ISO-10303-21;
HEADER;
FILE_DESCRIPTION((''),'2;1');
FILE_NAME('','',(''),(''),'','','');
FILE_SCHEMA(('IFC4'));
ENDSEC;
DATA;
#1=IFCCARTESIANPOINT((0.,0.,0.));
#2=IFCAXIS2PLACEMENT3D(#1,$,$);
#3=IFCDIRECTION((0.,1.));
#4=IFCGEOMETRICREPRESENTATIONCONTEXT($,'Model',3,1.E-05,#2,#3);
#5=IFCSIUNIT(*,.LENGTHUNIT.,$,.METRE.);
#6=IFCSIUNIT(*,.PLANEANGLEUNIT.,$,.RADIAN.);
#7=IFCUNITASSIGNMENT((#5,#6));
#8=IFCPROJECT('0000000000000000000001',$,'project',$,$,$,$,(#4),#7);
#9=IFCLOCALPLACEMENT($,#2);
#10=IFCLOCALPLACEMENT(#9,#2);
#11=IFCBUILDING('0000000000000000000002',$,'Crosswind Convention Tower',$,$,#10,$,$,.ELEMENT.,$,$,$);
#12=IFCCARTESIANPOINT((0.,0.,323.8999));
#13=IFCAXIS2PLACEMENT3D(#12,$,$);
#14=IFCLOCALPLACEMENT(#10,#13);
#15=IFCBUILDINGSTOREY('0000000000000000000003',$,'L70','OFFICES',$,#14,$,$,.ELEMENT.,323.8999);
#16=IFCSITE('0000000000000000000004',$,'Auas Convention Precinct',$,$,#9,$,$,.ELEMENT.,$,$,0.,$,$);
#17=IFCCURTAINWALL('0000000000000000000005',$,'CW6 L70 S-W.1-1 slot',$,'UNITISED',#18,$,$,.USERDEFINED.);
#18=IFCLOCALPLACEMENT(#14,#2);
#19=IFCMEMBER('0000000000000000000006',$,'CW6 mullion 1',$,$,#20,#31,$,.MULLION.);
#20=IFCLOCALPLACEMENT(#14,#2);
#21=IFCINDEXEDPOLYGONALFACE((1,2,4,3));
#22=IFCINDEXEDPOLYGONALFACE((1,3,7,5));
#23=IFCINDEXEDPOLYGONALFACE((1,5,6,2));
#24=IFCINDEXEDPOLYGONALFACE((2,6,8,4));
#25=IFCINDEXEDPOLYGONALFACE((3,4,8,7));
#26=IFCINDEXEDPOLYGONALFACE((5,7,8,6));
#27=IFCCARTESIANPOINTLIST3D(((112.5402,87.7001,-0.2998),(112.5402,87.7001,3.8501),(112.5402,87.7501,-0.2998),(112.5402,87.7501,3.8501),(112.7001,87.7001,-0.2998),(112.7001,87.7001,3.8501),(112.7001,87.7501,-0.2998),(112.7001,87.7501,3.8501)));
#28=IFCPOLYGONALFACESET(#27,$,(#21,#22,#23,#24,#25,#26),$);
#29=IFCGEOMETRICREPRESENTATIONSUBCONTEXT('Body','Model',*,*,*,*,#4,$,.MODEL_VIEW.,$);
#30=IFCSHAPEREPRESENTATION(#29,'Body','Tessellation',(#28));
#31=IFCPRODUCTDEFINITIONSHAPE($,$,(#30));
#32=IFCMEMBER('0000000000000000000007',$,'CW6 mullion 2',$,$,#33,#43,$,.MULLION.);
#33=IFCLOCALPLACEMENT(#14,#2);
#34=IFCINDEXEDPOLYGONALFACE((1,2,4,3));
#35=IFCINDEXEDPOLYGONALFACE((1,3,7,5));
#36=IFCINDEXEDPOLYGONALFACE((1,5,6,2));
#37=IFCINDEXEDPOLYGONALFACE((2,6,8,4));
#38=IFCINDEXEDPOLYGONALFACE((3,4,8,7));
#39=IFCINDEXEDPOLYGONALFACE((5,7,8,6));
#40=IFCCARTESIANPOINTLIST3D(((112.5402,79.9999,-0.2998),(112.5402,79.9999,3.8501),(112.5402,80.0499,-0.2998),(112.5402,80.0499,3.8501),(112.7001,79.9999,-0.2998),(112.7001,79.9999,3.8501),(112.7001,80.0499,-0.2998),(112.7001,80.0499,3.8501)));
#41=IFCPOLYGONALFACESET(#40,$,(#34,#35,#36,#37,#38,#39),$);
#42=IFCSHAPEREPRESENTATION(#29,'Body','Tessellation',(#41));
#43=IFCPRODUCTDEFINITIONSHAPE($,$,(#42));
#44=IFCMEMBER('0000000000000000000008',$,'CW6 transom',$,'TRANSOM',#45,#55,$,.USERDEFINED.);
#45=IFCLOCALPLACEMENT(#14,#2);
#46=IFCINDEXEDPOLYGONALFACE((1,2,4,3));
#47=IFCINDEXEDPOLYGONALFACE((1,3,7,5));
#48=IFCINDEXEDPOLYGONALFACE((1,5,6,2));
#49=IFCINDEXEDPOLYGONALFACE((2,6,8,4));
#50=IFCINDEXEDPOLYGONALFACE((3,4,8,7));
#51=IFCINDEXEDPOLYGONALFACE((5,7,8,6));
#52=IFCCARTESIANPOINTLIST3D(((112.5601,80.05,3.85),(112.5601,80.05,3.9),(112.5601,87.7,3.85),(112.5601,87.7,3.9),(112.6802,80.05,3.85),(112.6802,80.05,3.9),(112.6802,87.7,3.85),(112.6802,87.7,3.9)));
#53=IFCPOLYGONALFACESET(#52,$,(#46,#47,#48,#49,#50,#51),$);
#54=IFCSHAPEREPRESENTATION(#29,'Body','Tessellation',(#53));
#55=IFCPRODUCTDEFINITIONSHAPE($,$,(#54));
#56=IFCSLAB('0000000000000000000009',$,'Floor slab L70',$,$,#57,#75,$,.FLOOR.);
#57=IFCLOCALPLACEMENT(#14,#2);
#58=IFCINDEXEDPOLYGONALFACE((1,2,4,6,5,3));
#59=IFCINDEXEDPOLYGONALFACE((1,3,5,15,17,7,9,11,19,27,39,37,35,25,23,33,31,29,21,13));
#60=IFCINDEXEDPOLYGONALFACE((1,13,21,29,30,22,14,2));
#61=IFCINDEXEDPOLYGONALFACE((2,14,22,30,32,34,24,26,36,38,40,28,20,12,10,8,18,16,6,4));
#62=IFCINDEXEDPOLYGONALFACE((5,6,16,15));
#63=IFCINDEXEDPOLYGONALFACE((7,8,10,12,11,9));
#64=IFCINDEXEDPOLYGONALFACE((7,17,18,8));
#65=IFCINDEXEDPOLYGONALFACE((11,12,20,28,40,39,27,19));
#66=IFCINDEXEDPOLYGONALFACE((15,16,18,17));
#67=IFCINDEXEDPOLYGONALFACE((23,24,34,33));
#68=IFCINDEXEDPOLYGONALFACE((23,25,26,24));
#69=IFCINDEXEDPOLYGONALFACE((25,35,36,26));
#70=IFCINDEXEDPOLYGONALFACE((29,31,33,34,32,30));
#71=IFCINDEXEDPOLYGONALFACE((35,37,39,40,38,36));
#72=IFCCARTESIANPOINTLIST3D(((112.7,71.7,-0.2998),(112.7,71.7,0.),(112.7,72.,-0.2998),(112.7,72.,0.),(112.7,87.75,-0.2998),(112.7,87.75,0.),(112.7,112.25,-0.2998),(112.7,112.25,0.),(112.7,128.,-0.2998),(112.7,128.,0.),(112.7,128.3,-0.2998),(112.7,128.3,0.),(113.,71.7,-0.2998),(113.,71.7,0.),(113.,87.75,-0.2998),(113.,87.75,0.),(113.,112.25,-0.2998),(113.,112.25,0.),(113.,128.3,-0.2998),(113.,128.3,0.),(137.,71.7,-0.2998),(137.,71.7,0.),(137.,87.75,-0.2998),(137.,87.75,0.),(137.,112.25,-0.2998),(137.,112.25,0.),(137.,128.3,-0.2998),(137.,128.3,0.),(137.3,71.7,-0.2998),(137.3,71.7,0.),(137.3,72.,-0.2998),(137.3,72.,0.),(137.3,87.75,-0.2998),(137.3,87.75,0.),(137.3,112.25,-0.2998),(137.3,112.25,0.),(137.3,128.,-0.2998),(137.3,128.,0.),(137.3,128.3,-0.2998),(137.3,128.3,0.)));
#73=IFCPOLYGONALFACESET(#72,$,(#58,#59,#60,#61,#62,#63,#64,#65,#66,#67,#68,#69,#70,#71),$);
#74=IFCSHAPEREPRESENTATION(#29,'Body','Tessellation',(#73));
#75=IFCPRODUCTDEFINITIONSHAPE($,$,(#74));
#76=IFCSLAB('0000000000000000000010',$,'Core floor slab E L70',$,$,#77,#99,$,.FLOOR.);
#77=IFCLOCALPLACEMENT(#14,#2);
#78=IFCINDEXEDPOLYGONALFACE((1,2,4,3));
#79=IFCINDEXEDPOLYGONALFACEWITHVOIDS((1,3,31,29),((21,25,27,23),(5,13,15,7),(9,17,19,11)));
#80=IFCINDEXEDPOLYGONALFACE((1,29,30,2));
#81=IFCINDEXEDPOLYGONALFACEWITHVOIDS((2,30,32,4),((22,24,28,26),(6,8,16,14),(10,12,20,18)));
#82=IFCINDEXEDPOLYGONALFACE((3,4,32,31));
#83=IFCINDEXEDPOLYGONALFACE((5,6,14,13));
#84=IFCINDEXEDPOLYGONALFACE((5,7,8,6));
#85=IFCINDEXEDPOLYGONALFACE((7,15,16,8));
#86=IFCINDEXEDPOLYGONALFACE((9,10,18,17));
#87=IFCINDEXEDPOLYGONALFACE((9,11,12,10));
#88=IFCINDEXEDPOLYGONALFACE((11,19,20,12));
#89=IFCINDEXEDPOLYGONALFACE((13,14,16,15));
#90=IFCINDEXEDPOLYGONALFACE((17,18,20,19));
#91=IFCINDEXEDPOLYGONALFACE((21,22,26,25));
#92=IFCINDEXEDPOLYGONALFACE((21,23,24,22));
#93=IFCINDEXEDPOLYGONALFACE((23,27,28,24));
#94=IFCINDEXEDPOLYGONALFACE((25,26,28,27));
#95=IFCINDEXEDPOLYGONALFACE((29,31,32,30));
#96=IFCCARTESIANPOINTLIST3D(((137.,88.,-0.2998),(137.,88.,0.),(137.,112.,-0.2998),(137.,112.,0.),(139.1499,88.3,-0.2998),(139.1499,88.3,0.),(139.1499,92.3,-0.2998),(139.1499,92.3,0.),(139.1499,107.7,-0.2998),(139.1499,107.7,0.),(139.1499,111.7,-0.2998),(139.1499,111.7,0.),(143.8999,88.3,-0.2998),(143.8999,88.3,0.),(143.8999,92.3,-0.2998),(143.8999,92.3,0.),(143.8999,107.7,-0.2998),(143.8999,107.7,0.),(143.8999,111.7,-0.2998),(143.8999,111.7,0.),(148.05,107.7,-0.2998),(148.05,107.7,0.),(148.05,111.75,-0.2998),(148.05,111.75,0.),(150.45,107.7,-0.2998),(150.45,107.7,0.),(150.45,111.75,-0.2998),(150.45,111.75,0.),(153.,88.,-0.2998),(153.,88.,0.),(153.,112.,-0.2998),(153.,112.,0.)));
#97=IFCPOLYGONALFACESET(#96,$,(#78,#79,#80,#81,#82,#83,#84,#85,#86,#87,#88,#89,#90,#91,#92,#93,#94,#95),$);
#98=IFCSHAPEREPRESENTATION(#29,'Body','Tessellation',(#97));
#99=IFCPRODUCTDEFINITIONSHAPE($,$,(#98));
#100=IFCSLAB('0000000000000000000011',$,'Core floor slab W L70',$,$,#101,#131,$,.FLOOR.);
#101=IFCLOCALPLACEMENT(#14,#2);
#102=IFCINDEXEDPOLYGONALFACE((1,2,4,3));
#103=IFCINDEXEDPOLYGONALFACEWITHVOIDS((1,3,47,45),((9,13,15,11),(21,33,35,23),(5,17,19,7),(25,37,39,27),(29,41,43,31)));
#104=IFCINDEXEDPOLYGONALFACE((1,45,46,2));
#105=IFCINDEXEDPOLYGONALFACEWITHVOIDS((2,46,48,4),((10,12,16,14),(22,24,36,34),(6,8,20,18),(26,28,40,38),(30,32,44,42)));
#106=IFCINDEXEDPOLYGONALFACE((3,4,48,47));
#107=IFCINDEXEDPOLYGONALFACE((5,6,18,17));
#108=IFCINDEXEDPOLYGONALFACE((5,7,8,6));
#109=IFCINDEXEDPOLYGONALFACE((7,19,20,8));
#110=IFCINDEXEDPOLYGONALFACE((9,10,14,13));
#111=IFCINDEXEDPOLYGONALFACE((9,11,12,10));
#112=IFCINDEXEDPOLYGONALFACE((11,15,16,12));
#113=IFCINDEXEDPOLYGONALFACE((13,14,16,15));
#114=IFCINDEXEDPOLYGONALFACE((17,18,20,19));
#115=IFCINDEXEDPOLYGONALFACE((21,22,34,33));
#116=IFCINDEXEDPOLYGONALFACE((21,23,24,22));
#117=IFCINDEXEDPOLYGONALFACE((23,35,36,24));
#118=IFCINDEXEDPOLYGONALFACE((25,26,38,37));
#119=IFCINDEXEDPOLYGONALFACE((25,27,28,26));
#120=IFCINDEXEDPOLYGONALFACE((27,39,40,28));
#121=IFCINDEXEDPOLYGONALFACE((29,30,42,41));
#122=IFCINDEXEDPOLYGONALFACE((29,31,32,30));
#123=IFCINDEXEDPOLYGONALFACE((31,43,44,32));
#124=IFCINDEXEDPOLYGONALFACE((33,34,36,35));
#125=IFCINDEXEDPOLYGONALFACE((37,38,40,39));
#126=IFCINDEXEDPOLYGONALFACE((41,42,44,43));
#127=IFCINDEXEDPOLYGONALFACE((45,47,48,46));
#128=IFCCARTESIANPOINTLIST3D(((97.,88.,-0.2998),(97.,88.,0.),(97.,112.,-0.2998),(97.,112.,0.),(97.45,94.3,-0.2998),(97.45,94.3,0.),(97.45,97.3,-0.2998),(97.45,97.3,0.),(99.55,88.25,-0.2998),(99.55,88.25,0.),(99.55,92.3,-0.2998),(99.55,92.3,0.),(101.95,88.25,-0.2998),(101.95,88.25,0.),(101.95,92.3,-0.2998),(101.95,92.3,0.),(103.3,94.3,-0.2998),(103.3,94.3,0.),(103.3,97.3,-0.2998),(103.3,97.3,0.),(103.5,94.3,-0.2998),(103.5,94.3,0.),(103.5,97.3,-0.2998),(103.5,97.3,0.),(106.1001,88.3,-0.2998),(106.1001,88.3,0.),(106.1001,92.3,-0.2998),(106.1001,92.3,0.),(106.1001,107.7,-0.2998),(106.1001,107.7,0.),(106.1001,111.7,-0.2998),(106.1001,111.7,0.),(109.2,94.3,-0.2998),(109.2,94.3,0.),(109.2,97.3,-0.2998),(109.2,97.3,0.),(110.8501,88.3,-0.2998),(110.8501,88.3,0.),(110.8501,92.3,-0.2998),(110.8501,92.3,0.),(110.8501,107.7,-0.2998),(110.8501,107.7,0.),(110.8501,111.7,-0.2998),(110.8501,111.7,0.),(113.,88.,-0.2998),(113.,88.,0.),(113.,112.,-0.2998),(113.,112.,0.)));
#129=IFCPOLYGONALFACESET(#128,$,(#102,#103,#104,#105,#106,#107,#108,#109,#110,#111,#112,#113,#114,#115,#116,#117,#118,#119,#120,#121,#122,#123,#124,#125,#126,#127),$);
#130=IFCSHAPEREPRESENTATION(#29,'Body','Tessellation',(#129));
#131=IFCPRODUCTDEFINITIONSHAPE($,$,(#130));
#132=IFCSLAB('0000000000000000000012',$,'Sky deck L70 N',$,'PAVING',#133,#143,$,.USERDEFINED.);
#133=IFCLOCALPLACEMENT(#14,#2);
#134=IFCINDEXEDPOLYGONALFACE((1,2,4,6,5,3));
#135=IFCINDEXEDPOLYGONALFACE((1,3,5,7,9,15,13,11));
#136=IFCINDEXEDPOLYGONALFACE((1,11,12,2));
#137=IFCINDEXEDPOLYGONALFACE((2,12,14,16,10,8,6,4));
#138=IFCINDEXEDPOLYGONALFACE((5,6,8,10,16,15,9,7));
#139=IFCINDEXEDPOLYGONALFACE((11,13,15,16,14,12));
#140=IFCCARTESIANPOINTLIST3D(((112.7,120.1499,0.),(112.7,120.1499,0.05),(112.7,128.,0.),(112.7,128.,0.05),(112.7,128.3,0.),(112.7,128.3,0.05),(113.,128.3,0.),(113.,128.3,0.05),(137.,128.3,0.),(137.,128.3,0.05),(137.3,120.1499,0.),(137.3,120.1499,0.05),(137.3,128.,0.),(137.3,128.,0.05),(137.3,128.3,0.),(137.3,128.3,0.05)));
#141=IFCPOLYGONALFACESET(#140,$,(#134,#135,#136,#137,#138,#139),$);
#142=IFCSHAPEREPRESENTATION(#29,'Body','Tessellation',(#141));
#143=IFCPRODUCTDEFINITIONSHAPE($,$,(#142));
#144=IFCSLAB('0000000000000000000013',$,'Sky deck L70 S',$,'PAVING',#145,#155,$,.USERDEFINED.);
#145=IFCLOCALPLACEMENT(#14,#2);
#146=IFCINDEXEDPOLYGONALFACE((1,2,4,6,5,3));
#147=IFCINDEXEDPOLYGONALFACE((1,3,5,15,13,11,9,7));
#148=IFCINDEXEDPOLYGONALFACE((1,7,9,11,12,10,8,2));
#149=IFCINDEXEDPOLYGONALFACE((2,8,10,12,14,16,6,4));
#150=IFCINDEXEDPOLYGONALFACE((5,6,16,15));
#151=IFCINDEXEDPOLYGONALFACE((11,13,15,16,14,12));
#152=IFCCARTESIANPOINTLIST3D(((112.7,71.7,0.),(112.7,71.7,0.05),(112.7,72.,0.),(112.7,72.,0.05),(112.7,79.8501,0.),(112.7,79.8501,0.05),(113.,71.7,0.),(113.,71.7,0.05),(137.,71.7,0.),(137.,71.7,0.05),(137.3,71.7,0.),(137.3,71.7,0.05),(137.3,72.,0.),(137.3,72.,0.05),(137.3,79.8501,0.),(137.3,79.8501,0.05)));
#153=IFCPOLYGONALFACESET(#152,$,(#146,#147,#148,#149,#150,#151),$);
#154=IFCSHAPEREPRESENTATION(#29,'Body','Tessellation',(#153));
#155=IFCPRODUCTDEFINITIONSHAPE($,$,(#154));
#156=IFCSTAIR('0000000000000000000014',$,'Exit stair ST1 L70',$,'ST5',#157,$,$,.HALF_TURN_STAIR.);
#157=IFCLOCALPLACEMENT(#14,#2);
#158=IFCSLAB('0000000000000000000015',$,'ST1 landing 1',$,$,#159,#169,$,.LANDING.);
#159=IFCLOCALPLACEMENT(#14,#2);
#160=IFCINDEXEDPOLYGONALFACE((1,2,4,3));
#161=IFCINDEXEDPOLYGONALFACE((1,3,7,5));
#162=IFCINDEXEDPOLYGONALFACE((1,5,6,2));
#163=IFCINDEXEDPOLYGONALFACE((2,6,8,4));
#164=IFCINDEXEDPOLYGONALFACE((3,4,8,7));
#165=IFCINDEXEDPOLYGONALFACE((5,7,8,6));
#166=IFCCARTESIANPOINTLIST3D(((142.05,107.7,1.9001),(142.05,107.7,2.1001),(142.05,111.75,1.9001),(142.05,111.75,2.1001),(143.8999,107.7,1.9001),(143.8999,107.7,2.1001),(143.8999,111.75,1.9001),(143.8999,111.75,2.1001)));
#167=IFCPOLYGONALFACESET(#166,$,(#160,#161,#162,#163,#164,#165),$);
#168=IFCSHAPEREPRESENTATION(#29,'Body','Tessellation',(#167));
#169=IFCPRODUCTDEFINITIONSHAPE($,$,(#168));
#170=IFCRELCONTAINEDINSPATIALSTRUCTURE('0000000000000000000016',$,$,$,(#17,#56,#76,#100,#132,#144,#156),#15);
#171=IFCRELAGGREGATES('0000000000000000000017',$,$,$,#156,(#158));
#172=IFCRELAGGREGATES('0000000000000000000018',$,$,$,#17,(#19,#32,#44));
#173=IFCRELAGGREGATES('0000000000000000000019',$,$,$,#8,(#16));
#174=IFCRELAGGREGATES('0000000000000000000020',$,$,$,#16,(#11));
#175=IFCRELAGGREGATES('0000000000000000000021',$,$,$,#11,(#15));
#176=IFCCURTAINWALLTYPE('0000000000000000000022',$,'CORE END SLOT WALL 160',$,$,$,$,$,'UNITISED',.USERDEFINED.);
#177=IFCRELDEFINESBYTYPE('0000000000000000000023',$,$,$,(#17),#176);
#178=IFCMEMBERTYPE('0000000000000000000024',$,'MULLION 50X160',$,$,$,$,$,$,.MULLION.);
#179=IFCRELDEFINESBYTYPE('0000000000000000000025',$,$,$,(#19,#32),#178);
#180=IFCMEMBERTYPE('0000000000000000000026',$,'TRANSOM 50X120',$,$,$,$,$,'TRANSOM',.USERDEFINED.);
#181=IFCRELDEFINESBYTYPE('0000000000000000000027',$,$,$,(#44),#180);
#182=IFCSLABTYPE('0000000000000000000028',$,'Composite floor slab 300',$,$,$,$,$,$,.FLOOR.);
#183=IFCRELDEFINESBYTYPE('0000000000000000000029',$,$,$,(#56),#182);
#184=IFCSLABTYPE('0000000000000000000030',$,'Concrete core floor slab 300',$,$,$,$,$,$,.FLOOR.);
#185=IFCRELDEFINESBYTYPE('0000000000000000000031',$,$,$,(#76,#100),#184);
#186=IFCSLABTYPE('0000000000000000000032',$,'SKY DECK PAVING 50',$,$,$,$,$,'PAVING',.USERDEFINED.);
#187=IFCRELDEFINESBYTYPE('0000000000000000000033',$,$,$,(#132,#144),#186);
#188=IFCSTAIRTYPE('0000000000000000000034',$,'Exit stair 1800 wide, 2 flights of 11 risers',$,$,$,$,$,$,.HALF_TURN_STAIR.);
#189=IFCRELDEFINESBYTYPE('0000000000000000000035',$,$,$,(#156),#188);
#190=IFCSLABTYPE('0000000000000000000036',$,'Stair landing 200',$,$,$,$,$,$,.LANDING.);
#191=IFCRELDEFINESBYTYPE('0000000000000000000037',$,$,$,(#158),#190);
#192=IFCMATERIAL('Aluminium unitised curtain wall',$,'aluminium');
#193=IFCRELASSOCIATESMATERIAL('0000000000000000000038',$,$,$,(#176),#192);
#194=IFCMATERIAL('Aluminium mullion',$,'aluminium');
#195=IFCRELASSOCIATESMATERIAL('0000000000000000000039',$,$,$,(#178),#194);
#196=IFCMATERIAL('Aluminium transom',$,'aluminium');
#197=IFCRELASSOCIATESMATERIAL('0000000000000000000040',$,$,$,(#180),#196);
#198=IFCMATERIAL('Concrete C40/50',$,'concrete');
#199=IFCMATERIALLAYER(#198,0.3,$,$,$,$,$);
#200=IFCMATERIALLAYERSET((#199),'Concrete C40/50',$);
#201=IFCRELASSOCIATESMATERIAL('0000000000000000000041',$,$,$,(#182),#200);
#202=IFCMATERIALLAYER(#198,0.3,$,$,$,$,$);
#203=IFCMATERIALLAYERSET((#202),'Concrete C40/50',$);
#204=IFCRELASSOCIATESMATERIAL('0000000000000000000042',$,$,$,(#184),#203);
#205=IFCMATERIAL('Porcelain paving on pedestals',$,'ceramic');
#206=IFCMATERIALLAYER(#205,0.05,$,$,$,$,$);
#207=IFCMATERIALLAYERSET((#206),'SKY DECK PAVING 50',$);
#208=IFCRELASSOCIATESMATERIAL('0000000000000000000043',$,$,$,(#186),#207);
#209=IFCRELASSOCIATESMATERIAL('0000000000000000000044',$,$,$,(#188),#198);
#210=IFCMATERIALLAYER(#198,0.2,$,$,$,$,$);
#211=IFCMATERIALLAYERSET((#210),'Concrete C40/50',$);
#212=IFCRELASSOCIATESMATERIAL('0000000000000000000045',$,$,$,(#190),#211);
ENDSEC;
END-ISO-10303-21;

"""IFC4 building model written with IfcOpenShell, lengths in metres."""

from ifc_helpers import new_model, si_unit, direction, frame, origin, origin_2d, place, context, subcontext, project, spatial, polyline, rectangle, outline, extrude, material, layer, layer_set, material_profile, profile_set, type_object, element, aggregate, save


model = new_model("IFC4")

# Units and contexts
model_context = context("Model", 3, precision=1e-05, world=origin(), true_north=direction((0.0, 1.0)))
body_context = subcontext(model_context, "Body", "Model", "MODEL_VIEW")
ifc_project = project(units=[si_unit("LENGTHUNIT", "METRE"), si_unit("PLANEANGLEUNIT", "RADIAN")], contexts=[model_context])

# Site, building, storey
site_placement = place(None, origin())
site = spatial("IfcSite", under=ifc_project, at=site_placement, Name="Auas Convention Precinct", CompositionType="ELEMENT", RefElevation=0.0)
building_placement = place(site_placement, origin())
building = spatial("IfcBuilding", under=site, at=building_placement, Name="Crosswind Convention Tower", CompositionType="ELEMENT")
storey_placement = place(building_placement, frame((0.0, 0.0, 323.8999)))
storey = spatial("IfcBuildingStorey", under=building, at=storey_placement, Name="L70", Description="OFFICES", CompositionType="ELEMENT", Elevation=323.8999)

# Curtain wall, members
ifc_material_1 = material(Name="Aluminium unitised curtain wall", Category="aluminium")
curtain_wall_type = type_object("IfcCurtainWallType", Name="CORE END SLOT WALL 160", ElementType="UNITISED", PredefinedType="USERDEFINED", material=ifc_material_1)
curtain_wall_placement = place(storey_placement, origin())
curtain_wall = element("IfcCurtainWall", 1, at=curtain_wall_placement, inside=storey, type_object=curtain_wall_type, Name="CW6 L70 S-W.1-1 slot", ObjectType="UNITISED", PredefinedType="USERDEFINED")
ifc_material_2 = material(Name="Aluminium mullion", Category="aluminium")
ifc_material_profile_1 = material_profile(ifc_material_2, rectangle(XDim=0.1599, YDim=0.05, at=origin_2d()), Name="AL 160X50")
ifc_profile_set_1 = profile_set([ifc_material_profile_1], Name="Aluminium mullion")
member_type_1 = type_object("IfcMemberType", Name="MULLION 50X160", PredefinedType="MULLION", material=ifc_profile_set_1)
member_1_placement = place(storey_placement, frame((112.6201, 87.7251, -0.2998), z_axis=(0.0, 0.0, 1.0), x_axis=(-1.0, 0.0, 0.0)))
member_1 = element("IfcMember", 2, at=member_1_placement, type_object=member_type_1, Name="CW6 mullion 1", PredefinedType="MULLION", context=body_context, shape_type="SweptSolid", body=[
    extrude(rectangle(XDim=0.1599, YDim=0.05, at=origin_2d()), origin(), (0.0, 0.0, 1.0), 4.1499),
])
member_2_placement = place(storey_placement, frame((112.6201, 80.0249, -0.2998), z_axis=(0.0, 0.0, 1.0), x_axis=(-1.0, 0.0, 0.0)))
member_2 = element("IfcMember", 3, at=member_2_placement, type_object=member_type_1, Name="CW6 mullion 2", PredefinedType="MULLION", context=body_context, shape_type="SweptSolid", body=[
    extrude(rectangle(XDim=0.1599, YDim=0.05, at=origin_2d()), origin(), (0.0, 0.0, 1.0), 4.1499),
])
ifc_material_3 = material(Name="Aluminium transom", Category="aluminium")
ifc_material_profile_2 = material_profile(ifc_material_3, rectangle(XDim=0.1201, YDim=0.05, at=origin_2d()), Name="AL 120X50")
ifc_profile_set_2 = profile_set([ifc_material_profile_2], Name="Aluminium transom")
member_type_2 = type_object("IfcMemberType", Name="TRANSOM 50X120", ElementType="TRANSOM", PredefinedType="USERDEFINED", material=ifc_profile_set_2)
member_3_placement = place(storey_placement, frame((112.6201, 87.7, 3.875), z_axis=(0.0, -1.0, 0.0), x_axis=(1.0, 0.0, 0.0)))
member_3 = element("IfcMember", 4, at=member_3_placement, type_object=member_type_2, Name="CW6 transom", ObjectType="TRANSOM", PredefinedType="USERDEFINED", context=body_context, shape_type="SweptSolid", body=[
    extrude(rectangle(XDim=0.1201, YDim=0.05, at=origin_2d()), origin(), (0.0, 0.0, 1.0), 7.6499),
])

# Slabs
ifc_material_4 = material(Name="Concrete C40/50", Category="concrete")
ifc_layer_1 = layer(ifc_material_4, 0.3)
ifc_layer_set_1 = layer_set([ifc_layer_1], Name="Concrete C40/50")
slab_type_1 = type_object("IfcSlabType", Name="Composite floor slab 300", PredefinedType="FLOOR", material=ifc_layer_set_1)
slab_1_placement = place(storey_placement, frame((0.0, 0.0, -0.2998)))
element("IfcSlab", 5, at=slab_1_placement, inside=storey, type_object=slab_type_1, Name="Floor slab L70", PredefinedType="FLOOR", context=body_context, shape_type="SweptSolid", body=[
    extrude(outline(polyline([(137.3, 71.7), (137.0, 71.7), (113.0, 71.7), (112.7, 71.7), (112.7, 72.0), (112.7, 87.75), (113.0, 87.75), (113.0, 112.25), (112.7, 112.25), (112.7, 128.0), (112.7, 128.3), (113.0, 128.3), (137.0, 128.3), (137.3, 128.3), (137.3, 128.0), (137.3, 112.25), (137.0, 112.25), (137.0, 87.75), (137.3, 87.75), (137.3, 72.0), (137.3, 71.7)])), origin(), (0.0, 0.0, 1.0), 0.2998),
])
ifc_layer_2 = layer(ifc_material_4, 0.3)
ifc_layer_set_2 = layer_set([ifc_layer_2], Name="Concrete C40/50")
slab_type_2 = type_object("IfcSlabType", Name="Concrete core floor slab 300", PredefinedType="FLOOR", material=ifc_layer_set_2)
slab_2_placement = place(storey_placement, frame((0.0, 0.0, -0.2998)))
element("IfcSlab", 6, at=slab_2_placement, inside=storey, type_object=slab_type_2, Name="Core floor slab E L70", PredefinedType="FLOOR", context=body_context, shape_type="SweptSolid", body=[
    extrude(outline(polyline([(137.0, 88.0), (153.0, 88.0), (153.0, 112.0), (137.0, 112.0), (137.0, 88.0)]), holes=[polyline([(150.45, 107.7), (150.45, 111.75), (148.05, 111.75), (148.05, 107.7), (150.45, 107.7)]), polyline([(143.8999, 107.7), (143.8999, 111.7), (139.1499, 111.7), (139.1499, 107.7), (143.8999, 107.7)]), polyline([(143.8999, 88.3), (143.8999, 92.3), (139.1499, 92.3), (139.1499, 88.3), (143.8999, 88.3)])]), origin(), (0.0, 0.0, 1.0), 0.2998),
])
slab_3_placement = place(storey_placement, frame((0.0, 0.0, -0.2998)))
element("IfcSlab", 7, at=slab_3_placement, inside=storey, type_object=slab_type_2, Name="Core floor slab W L70", PredefinedType="FLOOR", context=body_context, shape_type="SweptSolid", body=[
    extrude(outline(polyline([(97.0, 88.0), (113.0, 88.0), (113.0, 112.0), (97.0, 112.0), (97.0, 88.0)]), holes=[polyline([(109.2, 94.3), (109.2, 97.3), (103.5, 97.3), (103.5, 94.3), (109.2, 94.3)]), polyline([(103.3, 94.3), (103.3, 97.3), (97.45, 97.3), (97.45, 94.3), (103.3, 94.3)]), polyline([(101.95, 88.25), (101.95, 92.3), (99.55, 92.3), (99.55, 88.25), (101.95, 88.25)]), polyline([(110.8501, 88.3), (110.8501, 92.3), (106.1001, 92.3), (106.1001, 88.3), (110.8501, 88.3)]), polyline([(110.8501, 107.7), (110.8501, 111.7), (106.1001, 111.7), (106.1001, 107.7), (110.8501, 107.7)])]), origin(), (0.0, 0.0, 1.0), 0.2998),
])
ifc_material_5 = material(Name="Porcelain paving on pedestals", Category="ceramic")
ifc_layer_3 = layer(ifc_material_5, 0.05)
ifc_layer_set_3 = layer_set([ifc_layer_3], Name="SKY DECK PAVING 50")
slab_type_3 = type_object("IfcSlabType", Name="SKY DECK PAVING 50", ElementType="PAVING", PredefinedType="USERDEFINED", material=ifc_layer_set_3)
slab_4_placement = place(storey_placement, origin())
element("IfcSlab", 8, at=slab_4_placement, inside=storey, type_object=slab_type_3, Name="Sky deck L70 N", ObjectType="PAVING", PredefinedType="USERDEFINED", context=body_context, shape_type="SweptSolid", body=[
    extrude(outline(polyline([(112.7, 128.0), (112.7, 128.3), (113.0, 128.3), (137.0, 128.3), (137.3, 128.3), (137.3, 128.0), (137.3, 120.1499), (112.7, 120.1499), (112.7, 128.0)])), origin(), (0.0, 0.0, 1.0), 0.05),
])
slab_5_placement = place(storey_placement, origin())
element("IfcSlab", 9, at=slab_5_placement, inside=storey, type_object=slab_type_3, Name="Sky deck L70 S", ObjectType="PAVING", PredefinedType="USERDEFINED", context=body_context, shape_type="SweptSolid", body=[
    extrude(outline(polyline([(137.3, 71.7), (137.0, 71.7), (113.0, 71.7), (112.7, 71.7), (112.7, 72.0), (112.7, 79.8501), (137.3, 79.8501), (137.3, 72.0), (137.3, 71.7)])), origin(), (0.0, 0.0, 1.0), 0.05),
])

# Stair, slab
stair_type = type_object("IfcStairType", Name="Exit stair 1800 wide, 2 flights of 11 risers", PredefinedType="HALF_TURN_STAIR", material=ifc_material_4)
stair_1_placement = place(storey_placement, origin())
stair_1 = element("IfcStair", 10, at=stair_1_placement, inside=storey, type_object=stair_type, Name="Exit stair ST1 L70", ObjectType="ST5", PredefinedType="HALF_TURN_STAIR")
ifc_layer_4 = layer(ifc_material_4, 0.2)
ifc_layer_set_4 = layer_set([ifc_layer_4], Name="Concrete C40/50")
slab_type_4 = type_object("IfcSlabType", Name="Stair landing 200", PredefinedType="LANDING", material=ifc_layer_set_4)
slab_6_placement = place(storey_placement, frame((0.0, 0.0, 1.9001)))
slab_6 = element("IfcSlab", 11, at=slab_6_placement, type_object=slab_type_4, Name="ST1 landing 1", PredefinedType="LANDING", context=body_context, shape_type="SweptSolid", body=[
    extrude(outline(polyline([(143.8999, 107.7), (143.8999, 111.75), (142.05, 111.75), (142.05, 107.7), (143.8999, 107.7)])), origin(), (0.0, 0.0, 1.0), 0.2),
])
aggregate(stair_1, [slab_6])

aggregate(curtain_wall, [member_1, member_2, member_3])

save(model, "model.ifc")
